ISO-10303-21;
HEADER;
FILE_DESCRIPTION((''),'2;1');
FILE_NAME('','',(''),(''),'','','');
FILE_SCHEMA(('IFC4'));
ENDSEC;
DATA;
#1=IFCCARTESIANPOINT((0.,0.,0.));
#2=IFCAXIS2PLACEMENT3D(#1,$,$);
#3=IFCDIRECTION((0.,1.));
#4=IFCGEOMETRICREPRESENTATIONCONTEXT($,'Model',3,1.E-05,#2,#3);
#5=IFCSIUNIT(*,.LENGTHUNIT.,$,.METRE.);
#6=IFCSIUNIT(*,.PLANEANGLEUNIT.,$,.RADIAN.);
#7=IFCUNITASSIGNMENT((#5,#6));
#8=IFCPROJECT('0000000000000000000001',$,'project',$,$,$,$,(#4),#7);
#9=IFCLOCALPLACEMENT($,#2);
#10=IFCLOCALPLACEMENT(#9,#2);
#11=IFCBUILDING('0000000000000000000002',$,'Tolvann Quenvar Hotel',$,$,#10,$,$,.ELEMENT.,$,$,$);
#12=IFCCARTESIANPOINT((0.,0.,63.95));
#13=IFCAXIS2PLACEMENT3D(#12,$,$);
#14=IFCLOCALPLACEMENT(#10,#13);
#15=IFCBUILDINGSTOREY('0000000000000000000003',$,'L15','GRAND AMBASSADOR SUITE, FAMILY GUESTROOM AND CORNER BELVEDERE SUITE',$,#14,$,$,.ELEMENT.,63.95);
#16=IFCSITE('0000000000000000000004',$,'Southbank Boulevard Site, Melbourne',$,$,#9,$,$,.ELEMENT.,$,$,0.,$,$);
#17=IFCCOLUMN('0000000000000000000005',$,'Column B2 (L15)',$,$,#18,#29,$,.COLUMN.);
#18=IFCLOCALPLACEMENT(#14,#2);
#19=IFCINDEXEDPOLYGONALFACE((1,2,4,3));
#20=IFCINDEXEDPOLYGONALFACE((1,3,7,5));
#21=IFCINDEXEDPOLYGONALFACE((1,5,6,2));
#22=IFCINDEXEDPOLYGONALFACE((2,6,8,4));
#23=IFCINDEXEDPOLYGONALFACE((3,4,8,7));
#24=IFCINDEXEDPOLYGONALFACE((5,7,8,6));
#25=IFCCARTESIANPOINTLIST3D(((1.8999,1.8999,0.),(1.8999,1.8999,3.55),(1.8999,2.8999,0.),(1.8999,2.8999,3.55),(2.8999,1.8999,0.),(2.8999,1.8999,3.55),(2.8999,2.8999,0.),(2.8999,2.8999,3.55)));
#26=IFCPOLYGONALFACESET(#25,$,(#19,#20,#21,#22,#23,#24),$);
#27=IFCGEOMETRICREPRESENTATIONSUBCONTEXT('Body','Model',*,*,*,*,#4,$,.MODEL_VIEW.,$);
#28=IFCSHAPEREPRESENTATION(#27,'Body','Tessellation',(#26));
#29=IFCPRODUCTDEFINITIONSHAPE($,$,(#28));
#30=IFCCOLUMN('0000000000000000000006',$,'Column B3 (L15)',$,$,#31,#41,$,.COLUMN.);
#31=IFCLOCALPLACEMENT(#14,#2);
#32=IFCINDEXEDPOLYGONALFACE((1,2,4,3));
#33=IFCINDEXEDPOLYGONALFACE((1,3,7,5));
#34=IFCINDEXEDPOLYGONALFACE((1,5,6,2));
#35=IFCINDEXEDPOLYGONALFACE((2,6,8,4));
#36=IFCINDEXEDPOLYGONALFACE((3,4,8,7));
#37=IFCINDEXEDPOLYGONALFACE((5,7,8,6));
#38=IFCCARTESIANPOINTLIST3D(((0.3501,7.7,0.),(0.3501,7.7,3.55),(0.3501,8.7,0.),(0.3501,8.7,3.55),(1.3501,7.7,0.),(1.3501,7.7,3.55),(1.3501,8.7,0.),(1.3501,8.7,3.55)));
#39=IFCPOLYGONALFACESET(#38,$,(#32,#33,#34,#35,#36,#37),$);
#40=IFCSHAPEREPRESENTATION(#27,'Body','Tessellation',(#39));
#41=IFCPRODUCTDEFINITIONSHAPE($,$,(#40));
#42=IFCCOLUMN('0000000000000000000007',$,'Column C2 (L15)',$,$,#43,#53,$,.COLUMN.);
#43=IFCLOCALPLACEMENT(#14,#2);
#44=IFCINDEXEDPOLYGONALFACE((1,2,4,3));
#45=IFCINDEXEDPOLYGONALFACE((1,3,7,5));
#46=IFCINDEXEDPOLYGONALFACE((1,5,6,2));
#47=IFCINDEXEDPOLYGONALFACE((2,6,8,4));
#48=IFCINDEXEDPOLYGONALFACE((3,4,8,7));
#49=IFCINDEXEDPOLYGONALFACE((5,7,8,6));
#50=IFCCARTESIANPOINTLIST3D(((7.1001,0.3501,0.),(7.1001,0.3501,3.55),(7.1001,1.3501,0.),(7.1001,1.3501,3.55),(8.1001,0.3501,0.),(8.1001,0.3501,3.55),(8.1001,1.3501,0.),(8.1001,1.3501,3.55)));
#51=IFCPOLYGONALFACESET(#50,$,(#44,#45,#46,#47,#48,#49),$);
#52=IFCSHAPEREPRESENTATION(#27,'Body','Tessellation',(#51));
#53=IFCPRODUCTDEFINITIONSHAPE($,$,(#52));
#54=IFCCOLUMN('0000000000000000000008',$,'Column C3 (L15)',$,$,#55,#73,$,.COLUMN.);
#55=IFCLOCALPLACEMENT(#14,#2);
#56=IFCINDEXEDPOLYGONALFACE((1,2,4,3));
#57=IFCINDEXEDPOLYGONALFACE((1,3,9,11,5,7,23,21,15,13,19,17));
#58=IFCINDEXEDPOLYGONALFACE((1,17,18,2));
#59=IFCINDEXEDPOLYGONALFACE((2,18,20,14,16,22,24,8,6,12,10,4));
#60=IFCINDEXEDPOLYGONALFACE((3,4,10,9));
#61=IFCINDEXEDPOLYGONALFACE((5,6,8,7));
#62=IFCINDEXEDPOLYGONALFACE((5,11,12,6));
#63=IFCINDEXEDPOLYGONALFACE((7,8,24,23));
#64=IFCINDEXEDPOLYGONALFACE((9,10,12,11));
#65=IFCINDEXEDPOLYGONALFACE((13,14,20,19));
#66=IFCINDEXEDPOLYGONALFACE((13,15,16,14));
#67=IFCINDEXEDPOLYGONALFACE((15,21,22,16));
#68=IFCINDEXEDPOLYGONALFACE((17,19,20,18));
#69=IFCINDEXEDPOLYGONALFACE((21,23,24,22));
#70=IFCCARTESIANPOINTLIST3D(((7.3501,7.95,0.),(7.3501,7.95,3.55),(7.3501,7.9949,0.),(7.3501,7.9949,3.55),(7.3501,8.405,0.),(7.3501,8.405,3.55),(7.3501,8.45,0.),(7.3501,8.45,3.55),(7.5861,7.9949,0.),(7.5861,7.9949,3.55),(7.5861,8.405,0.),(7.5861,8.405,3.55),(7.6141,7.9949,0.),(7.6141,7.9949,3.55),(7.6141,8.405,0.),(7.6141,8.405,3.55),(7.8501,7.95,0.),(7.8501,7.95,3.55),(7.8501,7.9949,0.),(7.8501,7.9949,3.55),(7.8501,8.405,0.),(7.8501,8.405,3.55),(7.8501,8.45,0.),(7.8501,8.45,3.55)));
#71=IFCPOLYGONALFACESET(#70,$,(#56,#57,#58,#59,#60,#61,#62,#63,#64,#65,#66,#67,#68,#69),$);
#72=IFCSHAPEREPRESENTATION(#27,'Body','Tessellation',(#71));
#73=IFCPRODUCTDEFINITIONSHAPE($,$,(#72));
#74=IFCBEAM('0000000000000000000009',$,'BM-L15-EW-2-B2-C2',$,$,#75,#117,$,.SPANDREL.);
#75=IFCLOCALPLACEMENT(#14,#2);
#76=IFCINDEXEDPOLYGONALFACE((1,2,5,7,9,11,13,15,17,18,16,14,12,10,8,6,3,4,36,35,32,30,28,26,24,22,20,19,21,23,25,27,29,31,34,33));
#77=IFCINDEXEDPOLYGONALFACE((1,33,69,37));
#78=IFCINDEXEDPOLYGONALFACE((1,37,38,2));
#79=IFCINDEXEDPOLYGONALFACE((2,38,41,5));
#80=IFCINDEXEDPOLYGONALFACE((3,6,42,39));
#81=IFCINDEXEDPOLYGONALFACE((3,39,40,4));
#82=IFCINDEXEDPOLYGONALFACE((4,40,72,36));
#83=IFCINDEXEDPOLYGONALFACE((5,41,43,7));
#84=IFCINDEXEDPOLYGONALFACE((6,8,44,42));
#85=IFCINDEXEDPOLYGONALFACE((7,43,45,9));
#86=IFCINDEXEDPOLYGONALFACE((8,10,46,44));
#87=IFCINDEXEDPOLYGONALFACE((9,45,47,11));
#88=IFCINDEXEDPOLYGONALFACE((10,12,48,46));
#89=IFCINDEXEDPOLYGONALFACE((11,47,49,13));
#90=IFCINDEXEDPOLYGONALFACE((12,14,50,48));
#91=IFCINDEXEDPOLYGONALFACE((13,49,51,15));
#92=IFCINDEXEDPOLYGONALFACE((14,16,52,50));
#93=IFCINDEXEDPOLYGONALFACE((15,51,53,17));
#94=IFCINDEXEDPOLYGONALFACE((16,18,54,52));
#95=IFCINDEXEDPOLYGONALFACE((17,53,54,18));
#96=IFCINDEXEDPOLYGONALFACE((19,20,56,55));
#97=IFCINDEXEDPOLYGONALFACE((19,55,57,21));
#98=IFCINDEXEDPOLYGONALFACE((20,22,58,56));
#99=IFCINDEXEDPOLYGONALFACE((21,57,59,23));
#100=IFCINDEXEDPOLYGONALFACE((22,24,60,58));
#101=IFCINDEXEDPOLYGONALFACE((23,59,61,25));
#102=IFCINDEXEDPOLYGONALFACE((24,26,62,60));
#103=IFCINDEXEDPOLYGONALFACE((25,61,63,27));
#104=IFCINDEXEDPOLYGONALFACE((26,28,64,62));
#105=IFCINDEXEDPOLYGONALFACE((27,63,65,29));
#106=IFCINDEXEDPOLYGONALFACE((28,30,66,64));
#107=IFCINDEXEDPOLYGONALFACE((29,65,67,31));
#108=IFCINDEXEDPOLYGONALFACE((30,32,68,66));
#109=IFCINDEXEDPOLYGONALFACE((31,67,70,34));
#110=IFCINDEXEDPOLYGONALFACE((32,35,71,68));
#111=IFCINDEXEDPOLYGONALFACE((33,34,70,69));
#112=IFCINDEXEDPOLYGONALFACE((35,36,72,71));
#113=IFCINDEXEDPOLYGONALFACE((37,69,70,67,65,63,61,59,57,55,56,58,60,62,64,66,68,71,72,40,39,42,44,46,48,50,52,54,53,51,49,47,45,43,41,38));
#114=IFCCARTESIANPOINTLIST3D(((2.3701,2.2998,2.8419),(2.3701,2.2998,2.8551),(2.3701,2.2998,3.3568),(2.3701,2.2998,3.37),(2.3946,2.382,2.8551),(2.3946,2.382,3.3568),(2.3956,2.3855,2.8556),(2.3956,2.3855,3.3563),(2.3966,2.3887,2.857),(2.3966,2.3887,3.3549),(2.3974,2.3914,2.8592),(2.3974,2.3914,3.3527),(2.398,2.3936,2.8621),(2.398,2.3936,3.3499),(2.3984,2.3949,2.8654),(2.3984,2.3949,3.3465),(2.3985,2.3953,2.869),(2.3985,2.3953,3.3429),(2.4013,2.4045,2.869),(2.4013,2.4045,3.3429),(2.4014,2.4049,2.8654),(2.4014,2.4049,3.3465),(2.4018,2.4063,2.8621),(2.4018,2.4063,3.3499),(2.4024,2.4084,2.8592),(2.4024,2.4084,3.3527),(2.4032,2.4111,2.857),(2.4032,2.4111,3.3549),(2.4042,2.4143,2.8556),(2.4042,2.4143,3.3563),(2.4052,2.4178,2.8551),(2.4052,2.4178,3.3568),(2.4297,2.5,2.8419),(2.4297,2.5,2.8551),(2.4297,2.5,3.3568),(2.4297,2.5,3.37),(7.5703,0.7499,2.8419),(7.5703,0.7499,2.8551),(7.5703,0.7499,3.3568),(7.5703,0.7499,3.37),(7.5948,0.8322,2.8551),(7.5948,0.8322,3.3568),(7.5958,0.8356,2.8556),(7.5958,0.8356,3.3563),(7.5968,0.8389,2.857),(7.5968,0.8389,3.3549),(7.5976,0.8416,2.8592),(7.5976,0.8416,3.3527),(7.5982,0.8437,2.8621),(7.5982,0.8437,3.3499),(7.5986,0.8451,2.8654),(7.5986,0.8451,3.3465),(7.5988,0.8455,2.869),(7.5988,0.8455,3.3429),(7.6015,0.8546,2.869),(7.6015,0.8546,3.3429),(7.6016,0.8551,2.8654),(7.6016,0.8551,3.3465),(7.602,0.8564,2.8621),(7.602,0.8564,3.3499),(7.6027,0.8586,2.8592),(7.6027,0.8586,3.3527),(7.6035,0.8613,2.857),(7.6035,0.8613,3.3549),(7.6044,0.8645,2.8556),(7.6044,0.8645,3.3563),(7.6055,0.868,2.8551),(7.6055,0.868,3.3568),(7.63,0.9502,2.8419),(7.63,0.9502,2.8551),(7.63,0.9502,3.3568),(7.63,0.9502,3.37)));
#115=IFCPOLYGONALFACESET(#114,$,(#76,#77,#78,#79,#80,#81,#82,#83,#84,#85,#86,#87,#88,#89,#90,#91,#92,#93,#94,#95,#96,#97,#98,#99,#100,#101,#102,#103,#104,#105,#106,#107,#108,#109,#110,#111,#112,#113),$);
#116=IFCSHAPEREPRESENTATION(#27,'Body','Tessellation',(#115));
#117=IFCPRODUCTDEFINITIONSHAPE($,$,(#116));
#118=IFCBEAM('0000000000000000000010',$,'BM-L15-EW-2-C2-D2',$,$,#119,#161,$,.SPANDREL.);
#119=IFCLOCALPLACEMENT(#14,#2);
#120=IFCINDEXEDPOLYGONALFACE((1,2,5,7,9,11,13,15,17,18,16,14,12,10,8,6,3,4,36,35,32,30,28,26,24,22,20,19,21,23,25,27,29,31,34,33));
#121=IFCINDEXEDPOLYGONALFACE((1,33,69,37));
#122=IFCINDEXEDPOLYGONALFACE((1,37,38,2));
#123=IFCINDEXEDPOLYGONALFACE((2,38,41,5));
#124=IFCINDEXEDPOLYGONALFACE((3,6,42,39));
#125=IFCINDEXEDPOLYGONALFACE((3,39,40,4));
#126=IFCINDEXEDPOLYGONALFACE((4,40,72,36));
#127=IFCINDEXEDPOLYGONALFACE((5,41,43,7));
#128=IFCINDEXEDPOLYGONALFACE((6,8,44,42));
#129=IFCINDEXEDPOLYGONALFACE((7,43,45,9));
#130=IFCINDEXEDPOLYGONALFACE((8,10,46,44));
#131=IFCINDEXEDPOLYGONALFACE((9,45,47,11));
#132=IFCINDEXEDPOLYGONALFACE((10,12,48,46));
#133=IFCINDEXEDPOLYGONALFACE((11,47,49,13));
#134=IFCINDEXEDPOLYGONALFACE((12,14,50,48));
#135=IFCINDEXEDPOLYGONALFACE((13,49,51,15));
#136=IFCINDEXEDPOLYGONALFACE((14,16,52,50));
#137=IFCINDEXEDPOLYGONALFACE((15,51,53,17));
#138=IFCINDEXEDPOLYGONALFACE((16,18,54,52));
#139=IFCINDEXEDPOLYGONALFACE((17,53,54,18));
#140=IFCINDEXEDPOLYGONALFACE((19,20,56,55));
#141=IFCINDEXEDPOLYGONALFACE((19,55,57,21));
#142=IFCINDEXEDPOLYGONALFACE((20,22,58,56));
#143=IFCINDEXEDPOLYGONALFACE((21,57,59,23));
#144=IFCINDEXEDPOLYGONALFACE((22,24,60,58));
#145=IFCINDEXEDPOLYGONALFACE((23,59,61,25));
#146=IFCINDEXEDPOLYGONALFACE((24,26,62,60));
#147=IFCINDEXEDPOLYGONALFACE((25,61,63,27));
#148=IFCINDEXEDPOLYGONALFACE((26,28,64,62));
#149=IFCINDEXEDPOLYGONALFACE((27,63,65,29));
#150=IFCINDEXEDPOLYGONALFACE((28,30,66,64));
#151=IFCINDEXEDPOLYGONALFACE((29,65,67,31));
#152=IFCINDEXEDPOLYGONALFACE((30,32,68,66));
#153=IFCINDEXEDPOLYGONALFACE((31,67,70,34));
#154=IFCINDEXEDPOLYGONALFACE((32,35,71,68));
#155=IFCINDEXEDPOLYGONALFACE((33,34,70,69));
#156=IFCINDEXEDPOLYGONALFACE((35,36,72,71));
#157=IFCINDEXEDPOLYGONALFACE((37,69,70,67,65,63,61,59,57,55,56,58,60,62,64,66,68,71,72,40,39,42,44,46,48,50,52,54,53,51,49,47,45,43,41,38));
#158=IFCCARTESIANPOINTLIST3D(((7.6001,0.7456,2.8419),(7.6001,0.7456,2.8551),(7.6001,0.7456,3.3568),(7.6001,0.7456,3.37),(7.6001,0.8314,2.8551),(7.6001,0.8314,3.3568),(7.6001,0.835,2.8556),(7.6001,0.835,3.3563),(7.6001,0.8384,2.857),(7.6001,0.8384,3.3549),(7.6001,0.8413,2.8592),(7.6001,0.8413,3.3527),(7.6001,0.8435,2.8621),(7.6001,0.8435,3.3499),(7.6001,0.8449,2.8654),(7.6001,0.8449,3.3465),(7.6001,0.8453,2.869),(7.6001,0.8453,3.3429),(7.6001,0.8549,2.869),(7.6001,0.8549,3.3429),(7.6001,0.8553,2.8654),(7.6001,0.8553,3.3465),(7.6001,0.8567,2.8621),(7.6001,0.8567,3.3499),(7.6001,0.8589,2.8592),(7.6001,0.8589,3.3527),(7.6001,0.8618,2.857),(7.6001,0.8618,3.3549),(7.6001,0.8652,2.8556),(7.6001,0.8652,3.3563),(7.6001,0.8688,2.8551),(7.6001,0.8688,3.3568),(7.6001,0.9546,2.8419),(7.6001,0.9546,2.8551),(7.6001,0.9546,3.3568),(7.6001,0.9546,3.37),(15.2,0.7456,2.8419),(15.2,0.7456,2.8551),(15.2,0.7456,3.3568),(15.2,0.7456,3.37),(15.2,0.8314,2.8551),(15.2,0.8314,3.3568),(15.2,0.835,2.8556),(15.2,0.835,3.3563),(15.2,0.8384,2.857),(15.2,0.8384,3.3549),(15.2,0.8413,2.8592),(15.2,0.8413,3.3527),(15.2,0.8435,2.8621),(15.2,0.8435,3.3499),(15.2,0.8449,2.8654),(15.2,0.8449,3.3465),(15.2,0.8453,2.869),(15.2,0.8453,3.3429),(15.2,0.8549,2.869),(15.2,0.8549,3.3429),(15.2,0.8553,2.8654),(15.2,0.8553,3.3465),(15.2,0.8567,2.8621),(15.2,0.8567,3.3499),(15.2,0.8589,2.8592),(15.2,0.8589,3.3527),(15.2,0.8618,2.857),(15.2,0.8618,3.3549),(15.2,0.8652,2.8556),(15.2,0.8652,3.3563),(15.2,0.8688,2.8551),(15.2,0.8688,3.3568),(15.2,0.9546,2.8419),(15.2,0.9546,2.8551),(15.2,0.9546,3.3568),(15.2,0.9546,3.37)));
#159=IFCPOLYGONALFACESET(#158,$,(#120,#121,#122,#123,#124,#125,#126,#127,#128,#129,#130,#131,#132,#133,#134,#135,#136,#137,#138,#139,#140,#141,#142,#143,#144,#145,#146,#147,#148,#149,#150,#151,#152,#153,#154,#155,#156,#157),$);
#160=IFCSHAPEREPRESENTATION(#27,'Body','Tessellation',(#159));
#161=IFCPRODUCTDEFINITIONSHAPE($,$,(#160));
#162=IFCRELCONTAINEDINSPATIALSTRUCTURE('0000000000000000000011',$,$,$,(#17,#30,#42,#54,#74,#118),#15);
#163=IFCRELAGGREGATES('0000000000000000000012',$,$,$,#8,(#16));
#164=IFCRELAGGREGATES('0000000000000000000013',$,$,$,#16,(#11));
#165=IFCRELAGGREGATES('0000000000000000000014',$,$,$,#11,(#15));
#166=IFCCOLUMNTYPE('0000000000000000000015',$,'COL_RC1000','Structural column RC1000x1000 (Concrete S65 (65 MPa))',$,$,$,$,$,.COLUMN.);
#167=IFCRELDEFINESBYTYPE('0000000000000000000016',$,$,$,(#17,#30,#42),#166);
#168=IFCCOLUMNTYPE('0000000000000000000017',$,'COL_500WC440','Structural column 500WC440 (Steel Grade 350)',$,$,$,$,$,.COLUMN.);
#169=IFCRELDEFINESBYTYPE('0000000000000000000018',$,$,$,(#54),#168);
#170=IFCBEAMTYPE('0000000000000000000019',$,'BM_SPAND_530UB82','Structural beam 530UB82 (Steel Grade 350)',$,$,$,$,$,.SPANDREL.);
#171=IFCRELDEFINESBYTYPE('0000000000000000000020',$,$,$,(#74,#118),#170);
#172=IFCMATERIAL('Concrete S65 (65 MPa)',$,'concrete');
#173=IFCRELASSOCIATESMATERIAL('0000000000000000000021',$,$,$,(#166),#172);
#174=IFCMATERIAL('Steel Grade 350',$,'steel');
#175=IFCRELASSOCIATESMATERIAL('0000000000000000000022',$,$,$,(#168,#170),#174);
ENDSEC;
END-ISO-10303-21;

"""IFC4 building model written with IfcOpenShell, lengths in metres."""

from ifc_helpers import new_model, si_unit, direction, frame, origin, origin_2d, place, context, subcontext, project, spatial, rectangle, i_section, extrude, source, transform, mapped, material, material_profile, profile_set, type_object, type_shapes, element, save


model = new_model("IFC4")

# Units and contexts
model_context = context("Model", 3, precision=1e-05, world=origin(), true_north=direction((0.0, 1.0)))
body_context = subcontext(model_context, "Body", "Model", "MODEL_VIEW")
ifc_project = project(units=[si_unit("LENGTHUNIT", "METRE"), si_unit("PLANEANGLEUNIT", "RADIAN")], contexts=[model_context])

# Site, building, storey
site_placement = place(None, origin())
site = spatial("IfcSite", under=ifc_project, at=site_placement, Name="Southbank Boulevard Site, Melbourne", CompositionType="ELEMENT", RefElevation=0.0)
building_placement = place(site_placement, origin())
building = spatial("IfcBuilding", under=site, at=building_placement, Name="Tolvann Quenvar Hotel", CompositionType="ELEMENT")
storey_placement = place(building_placement, frame((0.0, 0.0, 63.95)))
storey = spatial("IfcBuildingStorey", under=building, at=storey_placement, Name="L15", Description="GRAND AMBASSADOR SUITE, FAMILY GUESTROOM AND CORNER BELVEDERE SUITE", CompositionType="ELEMENT", Elevation=63.95)

# Columns
ifc_material_1 = material(Name="Concrete S65 (65 MPa)", Category="concrete")
ifc_material_profile_1 = material_profile(ifc_material_1, rectangle(XDim=1.0, YDim=1.0, at=origin_2d()), Name="RC1000x1000")
ifc_profile_set_1 = profile_set([ifc_material_profile_1], Name="Concrete S65 (65 MPa)")
column_type_1 = type_object("IfcColumnType", Name="COL_RC1000", Description="Structural column RC1000x1000 (Concrete S65 (65 MPa))", PredefinedType="COLUMN", material=ifc_profile_set_1)
shared_shape_1 = source(origin(), body_context, "Body", "SweptSolid", [
    extrude(rectangle(XDim=1.0, YDim=1.0, at=origin_2d()), origin(), (0.0, 0.0, 1.0), 3.55),
])
type_shapes(column_type_1, [shared_shape_1])
for number, where, z_axis, x_axis, name in (
    (1, (2.3999, 2.3999, 0.0), (0.0, 0.0, 1.0), (1.0, 0.0, 0.0), "Column B2 (L15)"),
    (2, (0.8501, 8.2, 0.0), (0.0, 0.0, 1.0), (1.0, 0.0, 0.0), "Column B3 (L15)"),
    (3, (7.6001, 0.8501, 0.0), (0.0, 0.0, 1.0), (1.0, 0.0, 0.0), "Column C2 (L15)"),
):
    element("IfcColumn", number, at=place(storey_placement, frame(where, z_axis=z_axis, x_axis=x_axis)), inside=storey, type_object=column_type_1, Name=name, PredefinedType="COLUMN", context=body_context, shape_type="MappedRepresentation", body=[
        mapped(shared_shape_1, transform((0.0, 0.0, 0.0), x_axis=(1.0, 0.0, 0.0), y_axis=(0.0, 1.0, 0.0), z_axis=(0.0, 0.0, 1.0), scale=1.0)),
    ])
ifc_material_2 = material(Name="Steel Grade 350", Category="steel")
ifc_material_profile_2 = material_profile(ifc_material_2, i_section(OverallWidth=0.5, OverallDepth=0.5, WebThickness=0.0281, FlangeThickness=0.0449, at=origin_2d()), Name="500WC440")
ifc_profile_set_2 = profile_set([ifc_material_profile_2], Name="Steel Grade 350")
column_type_2 = type_object("IfcColumnType", Name="COL_500WC440", Description="Structural column 500WC440 (Steel Grade 350)", PredefinedType="COLUMN", material=ifc_profile_set_2)
shared_shape_2 = source(origin(), body_context, "Body", "SweptSolid", [
    extrude(i_section(OverallWidth=0.5, OverallDepth=0.5, WebThickness=0.0281, FlangeThickness=0.0449, at=origin_2d()), origin(), (0.0, 0.0, 1.0), 3.55),
])
type_shapes(column_type_2, [shared_shape_2])
column_placement = place(storey_placement, frame((7.6001, 8.2, 0.0), z_axis=(0.0, 0.0, 1.0), x_axis=(1.0, 0.0, 0.0)))
element("IfcColumn", 4, at=column_placement, inside=storey, type_object=column_type_2, Name="Column C3 (L15)", PredefinedType="COLUMN", context=body_context, shape_type="MappedRepresentation", body=[
    mapped(shared_shape_2, transform((0.0, 0.0, 0.0), x_axis=(1.0, 0.0, 0.0), y_axis=(0.0, 1.0, 0.0), z_axis=(0.0, 0.0, 1.0), scale=1.0)),
])

# Beams
ifc_material_profile_3 = material_profile(ifc_material_2, i_section(OverallWidth=0.209, OverallDepth=0.5281, WebThickness=0.0095, FlangeThickness=0.0132, FilletRadius=0.0139, at=origin_2d()), Name="530UB82")
ifc_profile_set_3 = profile_set([ifc_material_profile_3], Name="Steel Grade 350")
beam_type_1 = type_object("IfcBeamType", Name="BM_SPAND_530UB82", Description="Structural beam 530UB82 (Steel Grade 350)", PredefinedType="SPANDREL", material=ifc_profile_set_3)
shared_shape_3 = source(origin(), body_context, "Body", "SweptSolid", [
    extrude(i_section(OverallWidth=0.209, OverallDepth=0.5281, WebThickness=0.0095, FlangeThickness=0.0132, FilletRadius=0.0139, at=origin_2d()), origin(), (0.0, 0.0, 1.0), 5.4263),
])
beam_1_placement = place(storey_placement, frame((2.3999, 2.3999, 3.106), z_axis=(0.958345, -0.285614, 0.0), x_axis=(0.285614, 0.958345, 0.0)))
element("IfcBeam", 5, at=beam_1_placement, inside=storey, type_object=beam_type_1, Name="BM-L15-EW-2-B2-C2", PredefinedType="SPANDREL", context=body_context, shape_type="MappedRepresentation", body=[
    mapped(shared_shape_3, transform((0.0, 0.0, 0.0), x_axis=(1.0, 0.0, 0.0), y_axis=(0.0, 1.0, 0.0), z_axis=(0.0, 0.0, 1.0), scale=1.0)),
])
shared_shape_4 = source(origin(), body_context, "Body", "SweptSolid", [
    extrude(i_section(OverallWidth=0.209, OverallDepth=0.5281, WebThickness=0.0095, FlangeThickness=0.0132, FilletRadius=0.0139, at=origin_2d()), origin(), (0.0, 0.0, 1.0), 7.5999),
])
beam_2_placement = place(storey_placement, frame((7.6001, 0.8501, 3.106), z_axis=(1.0, 0.0, 0.0), x_axis=(0.0, 1.0, 0.0)))
element("IfcBeam", 6, at=beam_2_placement, inside=storey, type_object=beam_type_1, Name="BM-L15-EW-2-C2-D2", PredefinedType="SPANDREL", context=body_context, shape_type="MappedRepresentation", body=[
    mapped(shared_shape_4, transform((0.0, 0.0, 0.0), x_axis=(1.0, 0.0, 0.0), y_axis=(0.0, 1.0, 0.0), z_axis=(0.0, 0.0, 1.0), scale=1.0)),
])

save(model, "model.ifc")
